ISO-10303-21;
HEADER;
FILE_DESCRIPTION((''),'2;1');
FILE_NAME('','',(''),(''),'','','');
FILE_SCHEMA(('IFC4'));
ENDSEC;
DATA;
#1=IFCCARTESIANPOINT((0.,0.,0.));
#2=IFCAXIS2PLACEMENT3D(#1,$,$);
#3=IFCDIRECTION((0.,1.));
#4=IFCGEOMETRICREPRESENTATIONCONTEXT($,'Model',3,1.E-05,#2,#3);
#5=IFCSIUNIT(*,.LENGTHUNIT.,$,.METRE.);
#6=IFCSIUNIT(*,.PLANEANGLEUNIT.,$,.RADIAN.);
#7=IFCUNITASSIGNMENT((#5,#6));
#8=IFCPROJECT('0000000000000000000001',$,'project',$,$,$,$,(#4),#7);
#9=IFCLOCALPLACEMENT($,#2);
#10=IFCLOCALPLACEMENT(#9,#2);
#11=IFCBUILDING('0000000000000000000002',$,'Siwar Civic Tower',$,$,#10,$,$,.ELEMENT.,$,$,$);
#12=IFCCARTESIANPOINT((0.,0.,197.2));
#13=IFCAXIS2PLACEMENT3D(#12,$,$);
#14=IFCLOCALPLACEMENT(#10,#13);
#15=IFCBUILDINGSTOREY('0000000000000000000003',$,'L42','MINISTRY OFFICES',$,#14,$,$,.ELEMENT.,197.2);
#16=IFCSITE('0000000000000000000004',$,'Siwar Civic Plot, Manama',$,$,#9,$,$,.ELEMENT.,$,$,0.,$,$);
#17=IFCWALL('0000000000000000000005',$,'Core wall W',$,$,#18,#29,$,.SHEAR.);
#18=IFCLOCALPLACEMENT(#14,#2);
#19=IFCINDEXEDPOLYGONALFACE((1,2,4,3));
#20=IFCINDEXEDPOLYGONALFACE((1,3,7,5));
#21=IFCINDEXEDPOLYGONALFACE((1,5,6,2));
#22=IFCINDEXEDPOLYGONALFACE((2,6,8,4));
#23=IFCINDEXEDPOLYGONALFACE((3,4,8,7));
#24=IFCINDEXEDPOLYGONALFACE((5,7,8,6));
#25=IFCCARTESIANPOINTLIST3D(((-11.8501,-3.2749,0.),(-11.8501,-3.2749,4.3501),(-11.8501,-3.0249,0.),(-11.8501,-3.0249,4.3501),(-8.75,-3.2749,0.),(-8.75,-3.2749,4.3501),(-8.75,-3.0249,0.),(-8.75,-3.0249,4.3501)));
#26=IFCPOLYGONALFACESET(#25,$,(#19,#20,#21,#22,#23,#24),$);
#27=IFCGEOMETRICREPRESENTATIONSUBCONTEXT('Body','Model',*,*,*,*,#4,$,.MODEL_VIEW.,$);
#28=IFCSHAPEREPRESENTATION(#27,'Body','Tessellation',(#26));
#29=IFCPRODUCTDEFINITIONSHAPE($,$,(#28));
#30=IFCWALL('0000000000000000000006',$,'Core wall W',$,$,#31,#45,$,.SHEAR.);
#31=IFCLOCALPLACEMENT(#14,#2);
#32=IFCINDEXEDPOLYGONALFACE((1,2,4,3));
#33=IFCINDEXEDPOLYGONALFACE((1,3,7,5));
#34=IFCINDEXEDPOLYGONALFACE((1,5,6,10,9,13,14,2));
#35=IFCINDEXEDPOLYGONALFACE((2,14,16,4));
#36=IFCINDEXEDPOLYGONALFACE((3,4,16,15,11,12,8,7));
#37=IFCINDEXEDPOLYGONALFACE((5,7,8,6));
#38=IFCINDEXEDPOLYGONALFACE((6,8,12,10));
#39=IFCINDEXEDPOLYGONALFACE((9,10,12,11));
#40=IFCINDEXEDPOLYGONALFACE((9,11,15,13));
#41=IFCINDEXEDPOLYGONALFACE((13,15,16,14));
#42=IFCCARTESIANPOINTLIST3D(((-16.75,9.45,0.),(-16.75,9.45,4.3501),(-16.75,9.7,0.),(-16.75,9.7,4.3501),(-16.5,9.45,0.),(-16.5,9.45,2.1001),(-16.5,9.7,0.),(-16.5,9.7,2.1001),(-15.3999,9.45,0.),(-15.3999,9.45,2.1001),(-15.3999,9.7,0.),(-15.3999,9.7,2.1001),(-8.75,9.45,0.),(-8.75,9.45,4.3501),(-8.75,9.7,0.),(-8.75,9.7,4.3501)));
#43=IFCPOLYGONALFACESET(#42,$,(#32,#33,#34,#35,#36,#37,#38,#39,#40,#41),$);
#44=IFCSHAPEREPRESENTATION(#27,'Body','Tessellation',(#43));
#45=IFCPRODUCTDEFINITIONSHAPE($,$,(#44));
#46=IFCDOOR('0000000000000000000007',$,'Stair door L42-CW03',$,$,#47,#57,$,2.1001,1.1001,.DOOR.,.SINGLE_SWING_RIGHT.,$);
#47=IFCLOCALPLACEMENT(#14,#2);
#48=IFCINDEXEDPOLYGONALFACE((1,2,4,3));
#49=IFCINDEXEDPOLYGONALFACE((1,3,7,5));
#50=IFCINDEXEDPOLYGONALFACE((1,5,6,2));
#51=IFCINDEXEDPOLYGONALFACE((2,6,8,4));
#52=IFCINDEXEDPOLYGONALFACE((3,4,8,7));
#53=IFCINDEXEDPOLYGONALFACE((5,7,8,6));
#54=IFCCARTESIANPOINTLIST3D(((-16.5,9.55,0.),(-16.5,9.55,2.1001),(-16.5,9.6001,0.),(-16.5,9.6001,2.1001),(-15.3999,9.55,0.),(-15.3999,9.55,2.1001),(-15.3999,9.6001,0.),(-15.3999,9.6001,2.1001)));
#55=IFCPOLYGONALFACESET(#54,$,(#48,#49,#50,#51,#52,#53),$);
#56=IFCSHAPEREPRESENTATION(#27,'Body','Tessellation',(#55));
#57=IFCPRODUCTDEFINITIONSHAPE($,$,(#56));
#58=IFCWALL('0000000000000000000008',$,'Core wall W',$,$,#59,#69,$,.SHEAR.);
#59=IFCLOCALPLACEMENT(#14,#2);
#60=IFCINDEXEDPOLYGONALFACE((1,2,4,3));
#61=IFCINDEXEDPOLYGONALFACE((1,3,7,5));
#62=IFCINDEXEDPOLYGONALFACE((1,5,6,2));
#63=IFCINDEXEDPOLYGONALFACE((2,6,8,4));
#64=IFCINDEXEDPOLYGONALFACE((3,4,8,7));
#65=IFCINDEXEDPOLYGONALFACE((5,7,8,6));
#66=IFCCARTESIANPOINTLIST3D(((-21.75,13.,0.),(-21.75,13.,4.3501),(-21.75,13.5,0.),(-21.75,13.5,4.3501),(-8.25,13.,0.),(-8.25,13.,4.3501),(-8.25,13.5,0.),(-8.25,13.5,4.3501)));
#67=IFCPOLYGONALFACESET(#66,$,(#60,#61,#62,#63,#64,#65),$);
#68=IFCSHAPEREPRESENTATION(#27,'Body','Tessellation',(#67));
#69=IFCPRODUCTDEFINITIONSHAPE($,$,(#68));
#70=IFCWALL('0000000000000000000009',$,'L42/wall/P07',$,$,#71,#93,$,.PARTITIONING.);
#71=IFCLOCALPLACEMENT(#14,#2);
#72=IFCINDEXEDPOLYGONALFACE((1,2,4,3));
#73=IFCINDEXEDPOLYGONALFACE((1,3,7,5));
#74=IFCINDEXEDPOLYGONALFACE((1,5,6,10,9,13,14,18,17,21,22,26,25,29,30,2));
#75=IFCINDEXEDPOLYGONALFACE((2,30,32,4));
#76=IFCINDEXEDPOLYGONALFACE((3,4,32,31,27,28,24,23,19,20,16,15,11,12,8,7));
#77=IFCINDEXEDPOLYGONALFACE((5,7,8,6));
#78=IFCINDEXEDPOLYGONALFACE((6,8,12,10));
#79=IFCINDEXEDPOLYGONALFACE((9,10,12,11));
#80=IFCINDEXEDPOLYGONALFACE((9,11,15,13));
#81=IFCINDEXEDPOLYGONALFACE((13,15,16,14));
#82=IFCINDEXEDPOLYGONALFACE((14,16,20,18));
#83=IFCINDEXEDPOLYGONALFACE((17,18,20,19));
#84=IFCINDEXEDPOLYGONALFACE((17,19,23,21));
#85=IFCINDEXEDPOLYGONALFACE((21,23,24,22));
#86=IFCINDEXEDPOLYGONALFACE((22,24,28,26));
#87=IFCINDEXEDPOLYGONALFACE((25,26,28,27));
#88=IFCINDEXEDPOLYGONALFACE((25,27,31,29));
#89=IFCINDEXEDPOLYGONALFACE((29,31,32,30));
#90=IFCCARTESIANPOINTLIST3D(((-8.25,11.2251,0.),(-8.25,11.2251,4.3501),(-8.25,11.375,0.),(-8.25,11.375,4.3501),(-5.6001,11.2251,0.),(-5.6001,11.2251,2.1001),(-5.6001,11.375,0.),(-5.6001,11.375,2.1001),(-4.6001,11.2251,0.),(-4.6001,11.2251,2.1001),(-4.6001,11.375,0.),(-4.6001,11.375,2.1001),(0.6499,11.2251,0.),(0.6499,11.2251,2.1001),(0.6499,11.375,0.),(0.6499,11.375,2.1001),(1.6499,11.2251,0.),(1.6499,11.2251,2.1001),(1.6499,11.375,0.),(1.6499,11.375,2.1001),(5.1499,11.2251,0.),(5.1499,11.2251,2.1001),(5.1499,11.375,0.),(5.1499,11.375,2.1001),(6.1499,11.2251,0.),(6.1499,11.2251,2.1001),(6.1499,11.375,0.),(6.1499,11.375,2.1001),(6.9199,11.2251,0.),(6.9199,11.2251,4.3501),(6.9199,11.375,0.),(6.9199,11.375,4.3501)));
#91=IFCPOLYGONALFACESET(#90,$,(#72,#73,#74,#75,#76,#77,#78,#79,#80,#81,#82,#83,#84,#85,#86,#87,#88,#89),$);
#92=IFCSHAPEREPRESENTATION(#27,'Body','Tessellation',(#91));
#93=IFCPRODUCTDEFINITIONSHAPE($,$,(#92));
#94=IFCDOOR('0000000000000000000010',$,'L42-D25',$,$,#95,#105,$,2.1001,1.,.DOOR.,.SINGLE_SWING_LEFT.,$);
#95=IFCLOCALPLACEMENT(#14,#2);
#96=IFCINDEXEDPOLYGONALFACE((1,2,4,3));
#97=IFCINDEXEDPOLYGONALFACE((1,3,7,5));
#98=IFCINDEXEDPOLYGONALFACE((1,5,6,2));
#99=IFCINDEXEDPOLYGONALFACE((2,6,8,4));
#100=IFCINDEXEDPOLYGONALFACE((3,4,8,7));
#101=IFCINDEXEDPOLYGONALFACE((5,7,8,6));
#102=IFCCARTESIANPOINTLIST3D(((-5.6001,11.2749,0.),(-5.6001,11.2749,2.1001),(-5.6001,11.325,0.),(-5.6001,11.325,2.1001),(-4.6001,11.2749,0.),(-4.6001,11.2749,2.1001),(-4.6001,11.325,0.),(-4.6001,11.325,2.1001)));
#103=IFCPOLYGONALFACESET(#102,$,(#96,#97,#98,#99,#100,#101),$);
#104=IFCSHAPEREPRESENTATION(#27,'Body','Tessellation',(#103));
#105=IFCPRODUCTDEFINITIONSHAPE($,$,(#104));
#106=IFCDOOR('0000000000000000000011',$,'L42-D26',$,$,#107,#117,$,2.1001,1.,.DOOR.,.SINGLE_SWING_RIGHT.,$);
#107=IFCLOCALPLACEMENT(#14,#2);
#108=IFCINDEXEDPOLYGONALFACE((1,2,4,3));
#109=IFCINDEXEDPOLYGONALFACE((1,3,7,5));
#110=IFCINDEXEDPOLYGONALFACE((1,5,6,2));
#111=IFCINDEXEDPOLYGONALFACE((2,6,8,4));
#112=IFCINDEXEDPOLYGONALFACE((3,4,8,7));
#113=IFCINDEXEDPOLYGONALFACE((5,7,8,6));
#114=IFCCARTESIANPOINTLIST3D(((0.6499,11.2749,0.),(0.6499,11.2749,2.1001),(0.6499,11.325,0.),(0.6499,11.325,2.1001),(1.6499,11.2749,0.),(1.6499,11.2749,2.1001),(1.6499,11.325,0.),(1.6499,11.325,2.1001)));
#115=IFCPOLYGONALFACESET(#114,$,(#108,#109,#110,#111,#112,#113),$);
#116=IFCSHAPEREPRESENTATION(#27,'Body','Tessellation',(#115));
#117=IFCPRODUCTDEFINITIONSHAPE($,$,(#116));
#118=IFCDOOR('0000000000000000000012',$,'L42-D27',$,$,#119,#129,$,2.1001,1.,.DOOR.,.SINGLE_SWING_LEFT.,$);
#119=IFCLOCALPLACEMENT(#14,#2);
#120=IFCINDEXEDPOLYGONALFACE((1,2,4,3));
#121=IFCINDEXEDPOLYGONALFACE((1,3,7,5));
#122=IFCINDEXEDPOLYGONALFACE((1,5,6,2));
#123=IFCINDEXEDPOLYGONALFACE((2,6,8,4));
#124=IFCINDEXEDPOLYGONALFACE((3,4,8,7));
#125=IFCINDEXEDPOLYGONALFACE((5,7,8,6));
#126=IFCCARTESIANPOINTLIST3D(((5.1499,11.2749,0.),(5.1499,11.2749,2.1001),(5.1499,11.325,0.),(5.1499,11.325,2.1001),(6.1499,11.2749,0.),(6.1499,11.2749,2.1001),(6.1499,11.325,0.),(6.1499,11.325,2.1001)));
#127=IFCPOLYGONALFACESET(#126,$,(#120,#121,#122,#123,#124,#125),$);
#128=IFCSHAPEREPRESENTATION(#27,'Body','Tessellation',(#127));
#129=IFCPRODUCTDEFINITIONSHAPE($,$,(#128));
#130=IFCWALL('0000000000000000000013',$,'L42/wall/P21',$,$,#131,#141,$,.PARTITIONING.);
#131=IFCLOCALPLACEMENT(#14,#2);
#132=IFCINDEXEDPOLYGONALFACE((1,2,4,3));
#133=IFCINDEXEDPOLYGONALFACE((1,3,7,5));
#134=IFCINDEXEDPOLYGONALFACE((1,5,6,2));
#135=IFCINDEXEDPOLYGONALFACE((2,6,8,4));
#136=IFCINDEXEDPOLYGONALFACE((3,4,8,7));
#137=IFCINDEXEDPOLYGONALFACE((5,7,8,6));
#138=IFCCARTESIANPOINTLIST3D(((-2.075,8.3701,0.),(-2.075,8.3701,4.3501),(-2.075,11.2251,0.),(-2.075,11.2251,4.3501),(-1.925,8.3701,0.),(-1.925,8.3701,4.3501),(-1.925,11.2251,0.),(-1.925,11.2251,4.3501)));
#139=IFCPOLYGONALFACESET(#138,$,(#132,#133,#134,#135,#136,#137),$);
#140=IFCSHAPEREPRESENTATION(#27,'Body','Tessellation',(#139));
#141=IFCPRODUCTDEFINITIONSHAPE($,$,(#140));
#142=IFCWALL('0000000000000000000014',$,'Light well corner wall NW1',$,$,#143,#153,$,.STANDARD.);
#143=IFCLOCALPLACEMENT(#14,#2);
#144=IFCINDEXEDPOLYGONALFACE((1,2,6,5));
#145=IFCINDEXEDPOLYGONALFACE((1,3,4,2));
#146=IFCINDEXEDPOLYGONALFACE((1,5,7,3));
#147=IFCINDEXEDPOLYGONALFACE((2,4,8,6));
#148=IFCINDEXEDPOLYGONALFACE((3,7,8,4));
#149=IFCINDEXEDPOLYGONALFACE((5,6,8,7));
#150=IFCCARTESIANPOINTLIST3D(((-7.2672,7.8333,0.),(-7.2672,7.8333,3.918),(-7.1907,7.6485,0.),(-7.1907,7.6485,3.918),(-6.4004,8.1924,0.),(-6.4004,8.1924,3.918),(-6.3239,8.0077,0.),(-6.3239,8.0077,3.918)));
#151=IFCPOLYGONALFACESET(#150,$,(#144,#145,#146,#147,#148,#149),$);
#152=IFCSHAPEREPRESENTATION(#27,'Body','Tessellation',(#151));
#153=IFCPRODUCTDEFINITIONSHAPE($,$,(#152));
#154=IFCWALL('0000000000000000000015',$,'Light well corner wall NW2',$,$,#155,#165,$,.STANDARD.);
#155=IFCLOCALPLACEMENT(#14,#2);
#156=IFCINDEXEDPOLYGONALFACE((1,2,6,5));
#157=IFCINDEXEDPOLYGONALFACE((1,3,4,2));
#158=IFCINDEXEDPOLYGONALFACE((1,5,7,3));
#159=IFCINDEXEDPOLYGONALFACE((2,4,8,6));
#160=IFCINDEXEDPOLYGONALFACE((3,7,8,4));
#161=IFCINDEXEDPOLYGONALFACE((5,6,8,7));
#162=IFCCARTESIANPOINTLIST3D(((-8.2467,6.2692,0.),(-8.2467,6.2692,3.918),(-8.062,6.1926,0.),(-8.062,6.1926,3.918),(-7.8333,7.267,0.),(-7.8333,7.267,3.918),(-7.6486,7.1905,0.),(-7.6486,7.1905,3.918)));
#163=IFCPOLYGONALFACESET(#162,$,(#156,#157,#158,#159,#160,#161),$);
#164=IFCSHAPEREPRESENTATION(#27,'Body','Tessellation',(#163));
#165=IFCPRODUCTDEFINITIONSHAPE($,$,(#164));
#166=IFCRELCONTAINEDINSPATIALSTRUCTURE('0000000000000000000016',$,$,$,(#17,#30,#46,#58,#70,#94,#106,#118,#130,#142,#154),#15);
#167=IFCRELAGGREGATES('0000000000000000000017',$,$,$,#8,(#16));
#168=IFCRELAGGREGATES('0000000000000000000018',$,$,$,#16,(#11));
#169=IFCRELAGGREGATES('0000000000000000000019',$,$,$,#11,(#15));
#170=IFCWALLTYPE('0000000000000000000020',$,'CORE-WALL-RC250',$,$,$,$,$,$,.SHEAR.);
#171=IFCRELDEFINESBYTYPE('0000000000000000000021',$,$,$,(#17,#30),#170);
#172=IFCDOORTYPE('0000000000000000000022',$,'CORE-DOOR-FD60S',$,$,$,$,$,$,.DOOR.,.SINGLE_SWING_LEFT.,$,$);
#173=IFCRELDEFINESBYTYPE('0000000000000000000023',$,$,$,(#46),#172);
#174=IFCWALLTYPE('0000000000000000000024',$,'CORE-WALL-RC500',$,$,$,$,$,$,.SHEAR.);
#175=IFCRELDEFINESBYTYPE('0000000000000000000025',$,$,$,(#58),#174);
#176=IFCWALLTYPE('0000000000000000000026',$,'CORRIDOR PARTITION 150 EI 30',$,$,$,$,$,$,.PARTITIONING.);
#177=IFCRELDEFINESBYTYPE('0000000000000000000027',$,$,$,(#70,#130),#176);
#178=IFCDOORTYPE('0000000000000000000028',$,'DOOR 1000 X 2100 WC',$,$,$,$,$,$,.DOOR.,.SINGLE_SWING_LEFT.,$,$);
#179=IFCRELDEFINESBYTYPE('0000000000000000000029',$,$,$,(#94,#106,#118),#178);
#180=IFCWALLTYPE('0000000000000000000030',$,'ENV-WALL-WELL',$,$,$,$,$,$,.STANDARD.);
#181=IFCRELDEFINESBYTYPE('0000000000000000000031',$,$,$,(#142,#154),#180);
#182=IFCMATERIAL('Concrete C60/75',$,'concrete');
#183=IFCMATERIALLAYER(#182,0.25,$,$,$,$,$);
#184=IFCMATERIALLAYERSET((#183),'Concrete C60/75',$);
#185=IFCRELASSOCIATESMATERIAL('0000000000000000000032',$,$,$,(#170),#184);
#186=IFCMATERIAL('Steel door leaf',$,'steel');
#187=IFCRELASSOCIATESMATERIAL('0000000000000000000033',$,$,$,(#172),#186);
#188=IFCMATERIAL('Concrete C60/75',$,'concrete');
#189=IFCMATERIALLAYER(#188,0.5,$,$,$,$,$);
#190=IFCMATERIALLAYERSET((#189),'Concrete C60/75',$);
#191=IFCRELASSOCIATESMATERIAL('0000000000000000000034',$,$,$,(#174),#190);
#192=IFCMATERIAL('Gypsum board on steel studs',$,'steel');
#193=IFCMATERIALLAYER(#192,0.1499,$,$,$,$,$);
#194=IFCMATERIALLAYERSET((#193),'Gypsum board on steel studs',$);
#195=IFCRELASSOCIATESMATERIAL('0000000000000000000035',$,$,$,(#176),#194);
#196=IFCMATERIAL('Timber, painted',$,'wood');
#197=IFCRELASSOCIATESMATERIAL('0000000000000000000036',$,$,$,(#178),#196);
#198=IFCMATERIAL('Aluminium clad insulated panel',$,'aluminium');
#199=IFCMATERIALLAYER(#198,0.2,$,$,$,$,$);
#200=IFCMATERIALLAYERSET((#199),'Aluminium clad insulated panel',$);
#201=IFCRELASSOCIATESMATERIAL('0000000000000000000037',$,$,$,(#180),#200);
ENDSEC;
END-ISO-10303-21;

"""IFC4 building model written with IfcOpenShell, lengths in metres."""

from ifc_helpers import new_model, si_unit, direction, frame, frame_2d, origin, place, context, subcontext, project, spatial, rectangle, extrude, material, layer, layer_set, type_object, element, fill, save


model = new_model("IFC4")

# Units and contexts
model_context = context("Model", 3, precision=1e-05, world=origin(), true_north=direction((0.0, 1.0)))
body_context = subcontext(model_context, "Body", "Model", "MODEL_VIEW")
ifc_project = project(units=[si_unit("LENGTHUNIT", "METRE"), si_unit("PLANEANGLEUNIT", "RADIAN")], contexts=[model_context])

# Site, building, storey
site_placement = place(None, origin())
site = spatial("IfcSite", under=ifc_project, at=site_placement, Name="Siwar Civic Plot, Manama", CompositionType="ELEMENT", RefElevation=0.0)
building_placement = place(site_placement, origin())
building = spatial("IfcBuilding", under=site, at=building_placement, Name="Siwar Civic Tower", CompositionType="ELEMENT")
storey_placement = place(building_placement, frame((0.0, 0.0, 197.2)))
storey = spatial("IfcBuildingStorey", under=building, at=storey_placement, Name="L42", Description="MINISTRY OFFICES", CompositionType="ELEMENT", Elevation=197.2)

# Shared definitions
ifc_material_1 = material(Name="Concrete C60/75", Category="concrete")
ifc_layer_1 = layer(ifc_material_1, 0.25)
ifc_layer_set_1 = layer_set([ifc_layer_1], Name="Concrete C60/75")
wall_type_1 = type_object("IfcWallType", Name="CORE-WALL-RC250", PredefinedType="SHEAR", material=ifc_layer_set_1)

# Wall
for number, where, z_axis, x_axis, name in (
    (1, (-8.75, -3.1499, 0.0), (0.0, 0.0, 1.0), (-1.0, 0.0, 0.0), "Core wall W"),
):
    element("IfcWall", number, at=place(storey_placement, frame(where, z_axis=z_axis, x_axis=x_axis)), inside=storey, type_object=wall_type_1, Name=name, PredefinedType="SHEAR", context=body_context, shape_type="SweptSolid", body=[
        extrude(rectangle(XDim=3.1001, YDim=0.25, at=frame_2d((1.55, 0.0))), origin(), (0.0, 0.0, 1.0), 4.3501),
    ])

# Wall, opening, door
wall_1_placement = place(storey_placement, frame((-8.75, 9.575, 0.0), z_axis=(0.0, 0.0, 1.0), x_axis=(-1.0, 0.0, 0.0)))
wall_1 = element("IfcWall", 2, at=wall_1_placement, inside=storey, type_object=wall_type_1, Name="Core wall W", PredefinedType="SHEAR", context=body_context, shape_type="SweptSolid", body=[
    extrude(rectangle(XDim=8.0, YDim=0.25, at=frame_2d((4.0, 0.0))), origin(), (0.0, 0.0, 1.0), 4.3501),
])
opening_1_placement = place(wall_1_placement, frame((6.6499, 0.0, 0.0)))
opening_1 = element("IfcOpeningElement", 3, at=opening_1_placement, cuts=wall_1, PredefinedType="OPENING", context=body_context, shape_type="SweptSolid", body=[
    extrude(rectangle(XDim=1.1001, YDim=2.1001, at=frame_2d((0.55, 1.05))), frame((0.0, 0.135, 0.0), z_axis=(0.0, -1.0, 0.0), x_axis=(1.0, 0.0, 0.0)), (0.0, 0.0, 1.0), 0.27),
])
ifc_material_2 = material(Name="Steel door leaf", Category="steel")
door_type_1 = type_object("IfcDoorType", Name="CORE-DOOR-FD60S", OperationType="SINGLE_SWING_LEFT", PredefinedType="DOOR", material=ifc_material_2)
door_1_placement = place(opening_1_placement, origin())
door_1 = element("IfcDoor", 4, at=door_1_placement, inside=storey, type_object=door_type_1, Name="Stair door L42-CW03", OperationType="SINGLE_SWING_RIGHT", OverallHeight=2.1001, OverallWidth=1.1001, PredefinedType="DOOR", context=body_context, shape_type="SweptSolid", body=[
    extrude(rectangle(XDim=1.1001, YDim=2.1001, at=frame_2d((0.55, 1.05))), frame((0.0, 0.0249, 0.0), z_axis=(0.0, -1.0, 0.0), x_axis=(1.0, 0.0, 0.0)), (0.0, 0.0, 1.0), 0.05),
])
fill(opening_1, door_1)

# Wall
ifc_material_3 = material(Name="Concrete C60/75", Category="concrete")
ifc_layer_2 = layer(ifc_material_3, 0.5)
ifc_layer_set_2 = layer_set([ifc_layer_2], Name="Concrete C60/75")
wall_type_2 = type_object("IfcWallType", Name="CORE-WALL-RC500", PredefinedType="SHEAR", material=ifc_layer_set_2)
wall_2_placement = place(storey_placement, frame((-8.25, 13.25, 0.0), z_axis=(0.0, 0.0, 1.0), x_axis=(-1.0, 0.0, 0.0)))
element("IfcWall", 5, at=wall_2_placement, inside=storey, type_object=wall_type_2, Name="Core wall W", PredefinedType="SHEAR", context=body_context, shape_type="SweptSolid", body=[
    extrude(rectangle(XDim=13.5, YDim=0.5, at=frame_2d((6.75, 0.0))), origin(), (0.0, 0.0, 1.0), 4.3501),
])

# Wall, openings, doors
ifc_material_4 = material(Name="Gypsum board on steel studs", Category="steel")
ifc_layer_3 = layer(ifc_material_4, 0.1499)
ifc_layer_set_3 = layer_set([ifc_layer_3], Name="Gypsum board on steel studs")
wall_type_3 = type_object("IfcWallType", Name="CORRIDOR PARTITION 150 EI 30", PredefinedType="PARTITIONING", material=ifc_layer_set_3)
wall_3_placement = place(storey_placement, frame((-8.25, 11.3, 0.0), z_axis=(0.0, 0.0, 1.0), x_axis=(1.0, 0.0, 0.0)))
wall_3 = element("IfcWall", 6, at=wall_3_placement, inside=storey, type_object=wall_type_3, Name="L42/wall/P07", PredefinedType="PARTITIONING", context=body_context, shape_type="SweptSolid", body=[
    extrude(rectangle(XDim=15.1699, YDim=0.1499, at=frame_2d((7.585, 0.0))), origin(), (0.0, 0.0, 1.0), 4.3501),
])
opening_2_placement = place(wall_3_placement, frame((2.6499, 0.0, 0.0)))
opening_2 = element("IfcOpeningElement", 7, at=opening_2_placement, cuts=wall_3, PredefinedType="OPENING", context=body_context, shape_type="SweptSolid", body=[
    extrude(rectangle(XDim=1.0, YDim=2.1001, at=frame_2d((0.5, 1.05))), frame((0.0, 0.085, 0.0), z_axis=(0.0, -1.0, 0.0), x_axis=(1.0, 0.0, 0.0)), (0.0, 0.0, 1.0), 0.1699),
])
opening_3_placement = place(wall_3_placement, frame((8.8999, 0.0, 0.0)))
opening_3 = element("IfcOpeningElement", 8, at=opening_3_placement, cuts=wall_3, PredefinedType="OPENING", context=body_context, shape_type="SweptSolid", body=[
    extrude(rectangle(XDim=1.0, YDim=2.1001, at=frame_2d((0.5, 1.05))), frame((0.0, 0.085, 0.0), z_axis=(0.0, -1.0, 0.0), x_axis=(1.0, 0.0, 0.0)), (0.0, 0.0, 1.0), 0.1699),
])
opening_4_placement = place(wall_3_placement, frame((13.3999, 0.0, 0.0)))
opening_4 = element("IfcOpeningElement", 9, at=opening_4_placement, cuts=wall_3, PredefinedType="OPENING", context=body_context, shape_type="SweptSolid", body=[
    extrude(rectangle(XDim=1.0, YDim=2.1001, at=frame_2d((0.5, 1.05))), frame((0.0, 0.085, 0.0), z_axis=(0.0, -1.0, 0.0), x_axis=(1.0, 0.0, 0.0)), (0.0, 0.0, 1.0), 0.1699),
])
ifc_material_5 = material(Name="Timber, painted", Category="wood")
door_type_2 = type_object("IfcDoorType", Name="DOOR 1000 X 2100 WC", OperationType="SINGLE_SWING_LEFT", PredefinedType="DOOR", material=ifc_material_5)
door_2_placement = place(opening_2_placement, origin())
door_2 = element("IfcDoor", 10, at=door_2_placement, inside=storey, type_object=door_type_2, Name="L42-D25", OperationType="SINGLE_SWING_LEFT", OverallHeight=2.1001, OverallWidth=1.0, PredefinedType="DOOR", context=body_context, shape_type="SweptSolid", body=[
    extrude(rectangle(XDim=1.0, YDim=2.1001, at=frame_2d((0.5, 1.05))), frame((0.0, 0.0249, 0.0), z_axis=(0.0, -1.0, 0.0), x_axis=(1.0, 0.0, 0.0)), (0.0, 0.0, 1.0), 0.05),
])
fill(opening_2, door_2)
door_3_placement = place(opening_3_placement, origin())
door_3 = element("IfcDoor", 11, at=door_3_placement, inside=storey, type_object=door_type_2, Name="L42-D26", OperationType="SINGLE_SWING_RIGHT", OverallHeight=2.1001, OverallWidth=1.0, PredefinedType="DOOR", context=body_context, shape_type="SweptSolid", body=[
    extrude(rectangle(XDim=1.0, YDim=2.1001, at=frame_2d((0.5, 1.05))), frame((0.0, 0.0249, 0.0), z_axis=(0.0, -1.0, 0.0), x_axis=(1.0, 0.0, 0.0)), (0.0, 0.0, 1.0), 0.05),
])
fill(opening_3, door_3)
door_4_placement = place(opening_4_placement, origin())
door_4 = element("IfcDoor", 12, at=door_4_placement, inside=storey, type_object=door_type_2, Name="L42-D27", OperationType="SINGLE_SWING_LEFT", OverallHeight=2.1001, OverallWidth=1.0, PredefinedType="DOOR", context=body_context, shape_type="SweptSolid", body=[
    extrude(rectangle(XDim=1.0, YDim=2.1001, at=frame_2d((0.5, 1.05))), frame((0.0, 0.0249, 0.0), z_axis=(0.0, -1.0, 0.0), x_axis=(1.0, 0.0, 0.0)), (0.0, 0.0, 1.0), 0.05),
])
fill(opening_4, door_4)

# Walls
wall_4_placement = place(storey_placement, frame((-2.0, 8.3701, 0.0), z_axis=(0.0, 0.0, 1.0), x_axis=(0.0, 1.0, 0.0)))
element("IfcWall", 13, at=wall_4_placement, inside=storey, type_object=wall_type_3, Name="L42/wall/P21", PredefinedType="PARTITIONING", context=body_context, shape_type="SweptSolid", body=[
    extrude(rectangle(XDim=2.855, YDim=0.1499, at=frame_2d((1.4275, 0.0))), origin(), (0.0, 0.0, 1.0), 4.3501),
])
ifc_material_6 = material(Name="Aluminium clad insulated panel", Category="aluminium")
ifc_layer_4 = layer(ifc_material_6, 0.2)
ifc_layer_set_4 = layer_set([ifc_layer_4], Name="Aluminium clad insulated panel")
wall_type_4 = type_object("IfcWallType", Name="ENV-WALL-WELL", PredefinedType="STANDARD", material=ifc_layer_set_4)
wall_5_placement = place(storey_placement, frame((-6.3621, 8.1001, 0.0), z_axis=(0.0, 0.0, 1.0), x_axis=(-0.92383, -0.382804, 0.0)))
element("IfcWall", 14, at=wall_5_placement, inside=storey, type_object=wall_type_4, Name="Light well corner wall NW1", PredefinedType="STANDARD", context=body_context, shape_type="SweptSolid", body=[
    extrude(rectangle(XDim=0.9382, YDim=0.2, at=frame_2d((0.4692, 0.0))), origin(), (0.0, 0.0, 1.0), 3.918),
])
wall_6_placement = place(storey_placement, frame((-7.741, 7.2288, 0.0), z_axis=(0.0, 0.0, 1.0), x_axis=(-0.382704, -0.923871, 0.0)))
element("IfcWall", 15, at=wall_6_placement, inside=storey, type_object=wall_type_4, Name="Light well corner wall NW2", PredefinedType="STANDARD", context=body_context, shape_type="SweptSolid", body=[
    extrude(rectangle(XDim=1.0801, YDim=0.2, at=frame_2d((0.54, 0.0))), origin(), (0.0, 0.0, 1.0), 3.918),
])

save(model, "model.ifc")
